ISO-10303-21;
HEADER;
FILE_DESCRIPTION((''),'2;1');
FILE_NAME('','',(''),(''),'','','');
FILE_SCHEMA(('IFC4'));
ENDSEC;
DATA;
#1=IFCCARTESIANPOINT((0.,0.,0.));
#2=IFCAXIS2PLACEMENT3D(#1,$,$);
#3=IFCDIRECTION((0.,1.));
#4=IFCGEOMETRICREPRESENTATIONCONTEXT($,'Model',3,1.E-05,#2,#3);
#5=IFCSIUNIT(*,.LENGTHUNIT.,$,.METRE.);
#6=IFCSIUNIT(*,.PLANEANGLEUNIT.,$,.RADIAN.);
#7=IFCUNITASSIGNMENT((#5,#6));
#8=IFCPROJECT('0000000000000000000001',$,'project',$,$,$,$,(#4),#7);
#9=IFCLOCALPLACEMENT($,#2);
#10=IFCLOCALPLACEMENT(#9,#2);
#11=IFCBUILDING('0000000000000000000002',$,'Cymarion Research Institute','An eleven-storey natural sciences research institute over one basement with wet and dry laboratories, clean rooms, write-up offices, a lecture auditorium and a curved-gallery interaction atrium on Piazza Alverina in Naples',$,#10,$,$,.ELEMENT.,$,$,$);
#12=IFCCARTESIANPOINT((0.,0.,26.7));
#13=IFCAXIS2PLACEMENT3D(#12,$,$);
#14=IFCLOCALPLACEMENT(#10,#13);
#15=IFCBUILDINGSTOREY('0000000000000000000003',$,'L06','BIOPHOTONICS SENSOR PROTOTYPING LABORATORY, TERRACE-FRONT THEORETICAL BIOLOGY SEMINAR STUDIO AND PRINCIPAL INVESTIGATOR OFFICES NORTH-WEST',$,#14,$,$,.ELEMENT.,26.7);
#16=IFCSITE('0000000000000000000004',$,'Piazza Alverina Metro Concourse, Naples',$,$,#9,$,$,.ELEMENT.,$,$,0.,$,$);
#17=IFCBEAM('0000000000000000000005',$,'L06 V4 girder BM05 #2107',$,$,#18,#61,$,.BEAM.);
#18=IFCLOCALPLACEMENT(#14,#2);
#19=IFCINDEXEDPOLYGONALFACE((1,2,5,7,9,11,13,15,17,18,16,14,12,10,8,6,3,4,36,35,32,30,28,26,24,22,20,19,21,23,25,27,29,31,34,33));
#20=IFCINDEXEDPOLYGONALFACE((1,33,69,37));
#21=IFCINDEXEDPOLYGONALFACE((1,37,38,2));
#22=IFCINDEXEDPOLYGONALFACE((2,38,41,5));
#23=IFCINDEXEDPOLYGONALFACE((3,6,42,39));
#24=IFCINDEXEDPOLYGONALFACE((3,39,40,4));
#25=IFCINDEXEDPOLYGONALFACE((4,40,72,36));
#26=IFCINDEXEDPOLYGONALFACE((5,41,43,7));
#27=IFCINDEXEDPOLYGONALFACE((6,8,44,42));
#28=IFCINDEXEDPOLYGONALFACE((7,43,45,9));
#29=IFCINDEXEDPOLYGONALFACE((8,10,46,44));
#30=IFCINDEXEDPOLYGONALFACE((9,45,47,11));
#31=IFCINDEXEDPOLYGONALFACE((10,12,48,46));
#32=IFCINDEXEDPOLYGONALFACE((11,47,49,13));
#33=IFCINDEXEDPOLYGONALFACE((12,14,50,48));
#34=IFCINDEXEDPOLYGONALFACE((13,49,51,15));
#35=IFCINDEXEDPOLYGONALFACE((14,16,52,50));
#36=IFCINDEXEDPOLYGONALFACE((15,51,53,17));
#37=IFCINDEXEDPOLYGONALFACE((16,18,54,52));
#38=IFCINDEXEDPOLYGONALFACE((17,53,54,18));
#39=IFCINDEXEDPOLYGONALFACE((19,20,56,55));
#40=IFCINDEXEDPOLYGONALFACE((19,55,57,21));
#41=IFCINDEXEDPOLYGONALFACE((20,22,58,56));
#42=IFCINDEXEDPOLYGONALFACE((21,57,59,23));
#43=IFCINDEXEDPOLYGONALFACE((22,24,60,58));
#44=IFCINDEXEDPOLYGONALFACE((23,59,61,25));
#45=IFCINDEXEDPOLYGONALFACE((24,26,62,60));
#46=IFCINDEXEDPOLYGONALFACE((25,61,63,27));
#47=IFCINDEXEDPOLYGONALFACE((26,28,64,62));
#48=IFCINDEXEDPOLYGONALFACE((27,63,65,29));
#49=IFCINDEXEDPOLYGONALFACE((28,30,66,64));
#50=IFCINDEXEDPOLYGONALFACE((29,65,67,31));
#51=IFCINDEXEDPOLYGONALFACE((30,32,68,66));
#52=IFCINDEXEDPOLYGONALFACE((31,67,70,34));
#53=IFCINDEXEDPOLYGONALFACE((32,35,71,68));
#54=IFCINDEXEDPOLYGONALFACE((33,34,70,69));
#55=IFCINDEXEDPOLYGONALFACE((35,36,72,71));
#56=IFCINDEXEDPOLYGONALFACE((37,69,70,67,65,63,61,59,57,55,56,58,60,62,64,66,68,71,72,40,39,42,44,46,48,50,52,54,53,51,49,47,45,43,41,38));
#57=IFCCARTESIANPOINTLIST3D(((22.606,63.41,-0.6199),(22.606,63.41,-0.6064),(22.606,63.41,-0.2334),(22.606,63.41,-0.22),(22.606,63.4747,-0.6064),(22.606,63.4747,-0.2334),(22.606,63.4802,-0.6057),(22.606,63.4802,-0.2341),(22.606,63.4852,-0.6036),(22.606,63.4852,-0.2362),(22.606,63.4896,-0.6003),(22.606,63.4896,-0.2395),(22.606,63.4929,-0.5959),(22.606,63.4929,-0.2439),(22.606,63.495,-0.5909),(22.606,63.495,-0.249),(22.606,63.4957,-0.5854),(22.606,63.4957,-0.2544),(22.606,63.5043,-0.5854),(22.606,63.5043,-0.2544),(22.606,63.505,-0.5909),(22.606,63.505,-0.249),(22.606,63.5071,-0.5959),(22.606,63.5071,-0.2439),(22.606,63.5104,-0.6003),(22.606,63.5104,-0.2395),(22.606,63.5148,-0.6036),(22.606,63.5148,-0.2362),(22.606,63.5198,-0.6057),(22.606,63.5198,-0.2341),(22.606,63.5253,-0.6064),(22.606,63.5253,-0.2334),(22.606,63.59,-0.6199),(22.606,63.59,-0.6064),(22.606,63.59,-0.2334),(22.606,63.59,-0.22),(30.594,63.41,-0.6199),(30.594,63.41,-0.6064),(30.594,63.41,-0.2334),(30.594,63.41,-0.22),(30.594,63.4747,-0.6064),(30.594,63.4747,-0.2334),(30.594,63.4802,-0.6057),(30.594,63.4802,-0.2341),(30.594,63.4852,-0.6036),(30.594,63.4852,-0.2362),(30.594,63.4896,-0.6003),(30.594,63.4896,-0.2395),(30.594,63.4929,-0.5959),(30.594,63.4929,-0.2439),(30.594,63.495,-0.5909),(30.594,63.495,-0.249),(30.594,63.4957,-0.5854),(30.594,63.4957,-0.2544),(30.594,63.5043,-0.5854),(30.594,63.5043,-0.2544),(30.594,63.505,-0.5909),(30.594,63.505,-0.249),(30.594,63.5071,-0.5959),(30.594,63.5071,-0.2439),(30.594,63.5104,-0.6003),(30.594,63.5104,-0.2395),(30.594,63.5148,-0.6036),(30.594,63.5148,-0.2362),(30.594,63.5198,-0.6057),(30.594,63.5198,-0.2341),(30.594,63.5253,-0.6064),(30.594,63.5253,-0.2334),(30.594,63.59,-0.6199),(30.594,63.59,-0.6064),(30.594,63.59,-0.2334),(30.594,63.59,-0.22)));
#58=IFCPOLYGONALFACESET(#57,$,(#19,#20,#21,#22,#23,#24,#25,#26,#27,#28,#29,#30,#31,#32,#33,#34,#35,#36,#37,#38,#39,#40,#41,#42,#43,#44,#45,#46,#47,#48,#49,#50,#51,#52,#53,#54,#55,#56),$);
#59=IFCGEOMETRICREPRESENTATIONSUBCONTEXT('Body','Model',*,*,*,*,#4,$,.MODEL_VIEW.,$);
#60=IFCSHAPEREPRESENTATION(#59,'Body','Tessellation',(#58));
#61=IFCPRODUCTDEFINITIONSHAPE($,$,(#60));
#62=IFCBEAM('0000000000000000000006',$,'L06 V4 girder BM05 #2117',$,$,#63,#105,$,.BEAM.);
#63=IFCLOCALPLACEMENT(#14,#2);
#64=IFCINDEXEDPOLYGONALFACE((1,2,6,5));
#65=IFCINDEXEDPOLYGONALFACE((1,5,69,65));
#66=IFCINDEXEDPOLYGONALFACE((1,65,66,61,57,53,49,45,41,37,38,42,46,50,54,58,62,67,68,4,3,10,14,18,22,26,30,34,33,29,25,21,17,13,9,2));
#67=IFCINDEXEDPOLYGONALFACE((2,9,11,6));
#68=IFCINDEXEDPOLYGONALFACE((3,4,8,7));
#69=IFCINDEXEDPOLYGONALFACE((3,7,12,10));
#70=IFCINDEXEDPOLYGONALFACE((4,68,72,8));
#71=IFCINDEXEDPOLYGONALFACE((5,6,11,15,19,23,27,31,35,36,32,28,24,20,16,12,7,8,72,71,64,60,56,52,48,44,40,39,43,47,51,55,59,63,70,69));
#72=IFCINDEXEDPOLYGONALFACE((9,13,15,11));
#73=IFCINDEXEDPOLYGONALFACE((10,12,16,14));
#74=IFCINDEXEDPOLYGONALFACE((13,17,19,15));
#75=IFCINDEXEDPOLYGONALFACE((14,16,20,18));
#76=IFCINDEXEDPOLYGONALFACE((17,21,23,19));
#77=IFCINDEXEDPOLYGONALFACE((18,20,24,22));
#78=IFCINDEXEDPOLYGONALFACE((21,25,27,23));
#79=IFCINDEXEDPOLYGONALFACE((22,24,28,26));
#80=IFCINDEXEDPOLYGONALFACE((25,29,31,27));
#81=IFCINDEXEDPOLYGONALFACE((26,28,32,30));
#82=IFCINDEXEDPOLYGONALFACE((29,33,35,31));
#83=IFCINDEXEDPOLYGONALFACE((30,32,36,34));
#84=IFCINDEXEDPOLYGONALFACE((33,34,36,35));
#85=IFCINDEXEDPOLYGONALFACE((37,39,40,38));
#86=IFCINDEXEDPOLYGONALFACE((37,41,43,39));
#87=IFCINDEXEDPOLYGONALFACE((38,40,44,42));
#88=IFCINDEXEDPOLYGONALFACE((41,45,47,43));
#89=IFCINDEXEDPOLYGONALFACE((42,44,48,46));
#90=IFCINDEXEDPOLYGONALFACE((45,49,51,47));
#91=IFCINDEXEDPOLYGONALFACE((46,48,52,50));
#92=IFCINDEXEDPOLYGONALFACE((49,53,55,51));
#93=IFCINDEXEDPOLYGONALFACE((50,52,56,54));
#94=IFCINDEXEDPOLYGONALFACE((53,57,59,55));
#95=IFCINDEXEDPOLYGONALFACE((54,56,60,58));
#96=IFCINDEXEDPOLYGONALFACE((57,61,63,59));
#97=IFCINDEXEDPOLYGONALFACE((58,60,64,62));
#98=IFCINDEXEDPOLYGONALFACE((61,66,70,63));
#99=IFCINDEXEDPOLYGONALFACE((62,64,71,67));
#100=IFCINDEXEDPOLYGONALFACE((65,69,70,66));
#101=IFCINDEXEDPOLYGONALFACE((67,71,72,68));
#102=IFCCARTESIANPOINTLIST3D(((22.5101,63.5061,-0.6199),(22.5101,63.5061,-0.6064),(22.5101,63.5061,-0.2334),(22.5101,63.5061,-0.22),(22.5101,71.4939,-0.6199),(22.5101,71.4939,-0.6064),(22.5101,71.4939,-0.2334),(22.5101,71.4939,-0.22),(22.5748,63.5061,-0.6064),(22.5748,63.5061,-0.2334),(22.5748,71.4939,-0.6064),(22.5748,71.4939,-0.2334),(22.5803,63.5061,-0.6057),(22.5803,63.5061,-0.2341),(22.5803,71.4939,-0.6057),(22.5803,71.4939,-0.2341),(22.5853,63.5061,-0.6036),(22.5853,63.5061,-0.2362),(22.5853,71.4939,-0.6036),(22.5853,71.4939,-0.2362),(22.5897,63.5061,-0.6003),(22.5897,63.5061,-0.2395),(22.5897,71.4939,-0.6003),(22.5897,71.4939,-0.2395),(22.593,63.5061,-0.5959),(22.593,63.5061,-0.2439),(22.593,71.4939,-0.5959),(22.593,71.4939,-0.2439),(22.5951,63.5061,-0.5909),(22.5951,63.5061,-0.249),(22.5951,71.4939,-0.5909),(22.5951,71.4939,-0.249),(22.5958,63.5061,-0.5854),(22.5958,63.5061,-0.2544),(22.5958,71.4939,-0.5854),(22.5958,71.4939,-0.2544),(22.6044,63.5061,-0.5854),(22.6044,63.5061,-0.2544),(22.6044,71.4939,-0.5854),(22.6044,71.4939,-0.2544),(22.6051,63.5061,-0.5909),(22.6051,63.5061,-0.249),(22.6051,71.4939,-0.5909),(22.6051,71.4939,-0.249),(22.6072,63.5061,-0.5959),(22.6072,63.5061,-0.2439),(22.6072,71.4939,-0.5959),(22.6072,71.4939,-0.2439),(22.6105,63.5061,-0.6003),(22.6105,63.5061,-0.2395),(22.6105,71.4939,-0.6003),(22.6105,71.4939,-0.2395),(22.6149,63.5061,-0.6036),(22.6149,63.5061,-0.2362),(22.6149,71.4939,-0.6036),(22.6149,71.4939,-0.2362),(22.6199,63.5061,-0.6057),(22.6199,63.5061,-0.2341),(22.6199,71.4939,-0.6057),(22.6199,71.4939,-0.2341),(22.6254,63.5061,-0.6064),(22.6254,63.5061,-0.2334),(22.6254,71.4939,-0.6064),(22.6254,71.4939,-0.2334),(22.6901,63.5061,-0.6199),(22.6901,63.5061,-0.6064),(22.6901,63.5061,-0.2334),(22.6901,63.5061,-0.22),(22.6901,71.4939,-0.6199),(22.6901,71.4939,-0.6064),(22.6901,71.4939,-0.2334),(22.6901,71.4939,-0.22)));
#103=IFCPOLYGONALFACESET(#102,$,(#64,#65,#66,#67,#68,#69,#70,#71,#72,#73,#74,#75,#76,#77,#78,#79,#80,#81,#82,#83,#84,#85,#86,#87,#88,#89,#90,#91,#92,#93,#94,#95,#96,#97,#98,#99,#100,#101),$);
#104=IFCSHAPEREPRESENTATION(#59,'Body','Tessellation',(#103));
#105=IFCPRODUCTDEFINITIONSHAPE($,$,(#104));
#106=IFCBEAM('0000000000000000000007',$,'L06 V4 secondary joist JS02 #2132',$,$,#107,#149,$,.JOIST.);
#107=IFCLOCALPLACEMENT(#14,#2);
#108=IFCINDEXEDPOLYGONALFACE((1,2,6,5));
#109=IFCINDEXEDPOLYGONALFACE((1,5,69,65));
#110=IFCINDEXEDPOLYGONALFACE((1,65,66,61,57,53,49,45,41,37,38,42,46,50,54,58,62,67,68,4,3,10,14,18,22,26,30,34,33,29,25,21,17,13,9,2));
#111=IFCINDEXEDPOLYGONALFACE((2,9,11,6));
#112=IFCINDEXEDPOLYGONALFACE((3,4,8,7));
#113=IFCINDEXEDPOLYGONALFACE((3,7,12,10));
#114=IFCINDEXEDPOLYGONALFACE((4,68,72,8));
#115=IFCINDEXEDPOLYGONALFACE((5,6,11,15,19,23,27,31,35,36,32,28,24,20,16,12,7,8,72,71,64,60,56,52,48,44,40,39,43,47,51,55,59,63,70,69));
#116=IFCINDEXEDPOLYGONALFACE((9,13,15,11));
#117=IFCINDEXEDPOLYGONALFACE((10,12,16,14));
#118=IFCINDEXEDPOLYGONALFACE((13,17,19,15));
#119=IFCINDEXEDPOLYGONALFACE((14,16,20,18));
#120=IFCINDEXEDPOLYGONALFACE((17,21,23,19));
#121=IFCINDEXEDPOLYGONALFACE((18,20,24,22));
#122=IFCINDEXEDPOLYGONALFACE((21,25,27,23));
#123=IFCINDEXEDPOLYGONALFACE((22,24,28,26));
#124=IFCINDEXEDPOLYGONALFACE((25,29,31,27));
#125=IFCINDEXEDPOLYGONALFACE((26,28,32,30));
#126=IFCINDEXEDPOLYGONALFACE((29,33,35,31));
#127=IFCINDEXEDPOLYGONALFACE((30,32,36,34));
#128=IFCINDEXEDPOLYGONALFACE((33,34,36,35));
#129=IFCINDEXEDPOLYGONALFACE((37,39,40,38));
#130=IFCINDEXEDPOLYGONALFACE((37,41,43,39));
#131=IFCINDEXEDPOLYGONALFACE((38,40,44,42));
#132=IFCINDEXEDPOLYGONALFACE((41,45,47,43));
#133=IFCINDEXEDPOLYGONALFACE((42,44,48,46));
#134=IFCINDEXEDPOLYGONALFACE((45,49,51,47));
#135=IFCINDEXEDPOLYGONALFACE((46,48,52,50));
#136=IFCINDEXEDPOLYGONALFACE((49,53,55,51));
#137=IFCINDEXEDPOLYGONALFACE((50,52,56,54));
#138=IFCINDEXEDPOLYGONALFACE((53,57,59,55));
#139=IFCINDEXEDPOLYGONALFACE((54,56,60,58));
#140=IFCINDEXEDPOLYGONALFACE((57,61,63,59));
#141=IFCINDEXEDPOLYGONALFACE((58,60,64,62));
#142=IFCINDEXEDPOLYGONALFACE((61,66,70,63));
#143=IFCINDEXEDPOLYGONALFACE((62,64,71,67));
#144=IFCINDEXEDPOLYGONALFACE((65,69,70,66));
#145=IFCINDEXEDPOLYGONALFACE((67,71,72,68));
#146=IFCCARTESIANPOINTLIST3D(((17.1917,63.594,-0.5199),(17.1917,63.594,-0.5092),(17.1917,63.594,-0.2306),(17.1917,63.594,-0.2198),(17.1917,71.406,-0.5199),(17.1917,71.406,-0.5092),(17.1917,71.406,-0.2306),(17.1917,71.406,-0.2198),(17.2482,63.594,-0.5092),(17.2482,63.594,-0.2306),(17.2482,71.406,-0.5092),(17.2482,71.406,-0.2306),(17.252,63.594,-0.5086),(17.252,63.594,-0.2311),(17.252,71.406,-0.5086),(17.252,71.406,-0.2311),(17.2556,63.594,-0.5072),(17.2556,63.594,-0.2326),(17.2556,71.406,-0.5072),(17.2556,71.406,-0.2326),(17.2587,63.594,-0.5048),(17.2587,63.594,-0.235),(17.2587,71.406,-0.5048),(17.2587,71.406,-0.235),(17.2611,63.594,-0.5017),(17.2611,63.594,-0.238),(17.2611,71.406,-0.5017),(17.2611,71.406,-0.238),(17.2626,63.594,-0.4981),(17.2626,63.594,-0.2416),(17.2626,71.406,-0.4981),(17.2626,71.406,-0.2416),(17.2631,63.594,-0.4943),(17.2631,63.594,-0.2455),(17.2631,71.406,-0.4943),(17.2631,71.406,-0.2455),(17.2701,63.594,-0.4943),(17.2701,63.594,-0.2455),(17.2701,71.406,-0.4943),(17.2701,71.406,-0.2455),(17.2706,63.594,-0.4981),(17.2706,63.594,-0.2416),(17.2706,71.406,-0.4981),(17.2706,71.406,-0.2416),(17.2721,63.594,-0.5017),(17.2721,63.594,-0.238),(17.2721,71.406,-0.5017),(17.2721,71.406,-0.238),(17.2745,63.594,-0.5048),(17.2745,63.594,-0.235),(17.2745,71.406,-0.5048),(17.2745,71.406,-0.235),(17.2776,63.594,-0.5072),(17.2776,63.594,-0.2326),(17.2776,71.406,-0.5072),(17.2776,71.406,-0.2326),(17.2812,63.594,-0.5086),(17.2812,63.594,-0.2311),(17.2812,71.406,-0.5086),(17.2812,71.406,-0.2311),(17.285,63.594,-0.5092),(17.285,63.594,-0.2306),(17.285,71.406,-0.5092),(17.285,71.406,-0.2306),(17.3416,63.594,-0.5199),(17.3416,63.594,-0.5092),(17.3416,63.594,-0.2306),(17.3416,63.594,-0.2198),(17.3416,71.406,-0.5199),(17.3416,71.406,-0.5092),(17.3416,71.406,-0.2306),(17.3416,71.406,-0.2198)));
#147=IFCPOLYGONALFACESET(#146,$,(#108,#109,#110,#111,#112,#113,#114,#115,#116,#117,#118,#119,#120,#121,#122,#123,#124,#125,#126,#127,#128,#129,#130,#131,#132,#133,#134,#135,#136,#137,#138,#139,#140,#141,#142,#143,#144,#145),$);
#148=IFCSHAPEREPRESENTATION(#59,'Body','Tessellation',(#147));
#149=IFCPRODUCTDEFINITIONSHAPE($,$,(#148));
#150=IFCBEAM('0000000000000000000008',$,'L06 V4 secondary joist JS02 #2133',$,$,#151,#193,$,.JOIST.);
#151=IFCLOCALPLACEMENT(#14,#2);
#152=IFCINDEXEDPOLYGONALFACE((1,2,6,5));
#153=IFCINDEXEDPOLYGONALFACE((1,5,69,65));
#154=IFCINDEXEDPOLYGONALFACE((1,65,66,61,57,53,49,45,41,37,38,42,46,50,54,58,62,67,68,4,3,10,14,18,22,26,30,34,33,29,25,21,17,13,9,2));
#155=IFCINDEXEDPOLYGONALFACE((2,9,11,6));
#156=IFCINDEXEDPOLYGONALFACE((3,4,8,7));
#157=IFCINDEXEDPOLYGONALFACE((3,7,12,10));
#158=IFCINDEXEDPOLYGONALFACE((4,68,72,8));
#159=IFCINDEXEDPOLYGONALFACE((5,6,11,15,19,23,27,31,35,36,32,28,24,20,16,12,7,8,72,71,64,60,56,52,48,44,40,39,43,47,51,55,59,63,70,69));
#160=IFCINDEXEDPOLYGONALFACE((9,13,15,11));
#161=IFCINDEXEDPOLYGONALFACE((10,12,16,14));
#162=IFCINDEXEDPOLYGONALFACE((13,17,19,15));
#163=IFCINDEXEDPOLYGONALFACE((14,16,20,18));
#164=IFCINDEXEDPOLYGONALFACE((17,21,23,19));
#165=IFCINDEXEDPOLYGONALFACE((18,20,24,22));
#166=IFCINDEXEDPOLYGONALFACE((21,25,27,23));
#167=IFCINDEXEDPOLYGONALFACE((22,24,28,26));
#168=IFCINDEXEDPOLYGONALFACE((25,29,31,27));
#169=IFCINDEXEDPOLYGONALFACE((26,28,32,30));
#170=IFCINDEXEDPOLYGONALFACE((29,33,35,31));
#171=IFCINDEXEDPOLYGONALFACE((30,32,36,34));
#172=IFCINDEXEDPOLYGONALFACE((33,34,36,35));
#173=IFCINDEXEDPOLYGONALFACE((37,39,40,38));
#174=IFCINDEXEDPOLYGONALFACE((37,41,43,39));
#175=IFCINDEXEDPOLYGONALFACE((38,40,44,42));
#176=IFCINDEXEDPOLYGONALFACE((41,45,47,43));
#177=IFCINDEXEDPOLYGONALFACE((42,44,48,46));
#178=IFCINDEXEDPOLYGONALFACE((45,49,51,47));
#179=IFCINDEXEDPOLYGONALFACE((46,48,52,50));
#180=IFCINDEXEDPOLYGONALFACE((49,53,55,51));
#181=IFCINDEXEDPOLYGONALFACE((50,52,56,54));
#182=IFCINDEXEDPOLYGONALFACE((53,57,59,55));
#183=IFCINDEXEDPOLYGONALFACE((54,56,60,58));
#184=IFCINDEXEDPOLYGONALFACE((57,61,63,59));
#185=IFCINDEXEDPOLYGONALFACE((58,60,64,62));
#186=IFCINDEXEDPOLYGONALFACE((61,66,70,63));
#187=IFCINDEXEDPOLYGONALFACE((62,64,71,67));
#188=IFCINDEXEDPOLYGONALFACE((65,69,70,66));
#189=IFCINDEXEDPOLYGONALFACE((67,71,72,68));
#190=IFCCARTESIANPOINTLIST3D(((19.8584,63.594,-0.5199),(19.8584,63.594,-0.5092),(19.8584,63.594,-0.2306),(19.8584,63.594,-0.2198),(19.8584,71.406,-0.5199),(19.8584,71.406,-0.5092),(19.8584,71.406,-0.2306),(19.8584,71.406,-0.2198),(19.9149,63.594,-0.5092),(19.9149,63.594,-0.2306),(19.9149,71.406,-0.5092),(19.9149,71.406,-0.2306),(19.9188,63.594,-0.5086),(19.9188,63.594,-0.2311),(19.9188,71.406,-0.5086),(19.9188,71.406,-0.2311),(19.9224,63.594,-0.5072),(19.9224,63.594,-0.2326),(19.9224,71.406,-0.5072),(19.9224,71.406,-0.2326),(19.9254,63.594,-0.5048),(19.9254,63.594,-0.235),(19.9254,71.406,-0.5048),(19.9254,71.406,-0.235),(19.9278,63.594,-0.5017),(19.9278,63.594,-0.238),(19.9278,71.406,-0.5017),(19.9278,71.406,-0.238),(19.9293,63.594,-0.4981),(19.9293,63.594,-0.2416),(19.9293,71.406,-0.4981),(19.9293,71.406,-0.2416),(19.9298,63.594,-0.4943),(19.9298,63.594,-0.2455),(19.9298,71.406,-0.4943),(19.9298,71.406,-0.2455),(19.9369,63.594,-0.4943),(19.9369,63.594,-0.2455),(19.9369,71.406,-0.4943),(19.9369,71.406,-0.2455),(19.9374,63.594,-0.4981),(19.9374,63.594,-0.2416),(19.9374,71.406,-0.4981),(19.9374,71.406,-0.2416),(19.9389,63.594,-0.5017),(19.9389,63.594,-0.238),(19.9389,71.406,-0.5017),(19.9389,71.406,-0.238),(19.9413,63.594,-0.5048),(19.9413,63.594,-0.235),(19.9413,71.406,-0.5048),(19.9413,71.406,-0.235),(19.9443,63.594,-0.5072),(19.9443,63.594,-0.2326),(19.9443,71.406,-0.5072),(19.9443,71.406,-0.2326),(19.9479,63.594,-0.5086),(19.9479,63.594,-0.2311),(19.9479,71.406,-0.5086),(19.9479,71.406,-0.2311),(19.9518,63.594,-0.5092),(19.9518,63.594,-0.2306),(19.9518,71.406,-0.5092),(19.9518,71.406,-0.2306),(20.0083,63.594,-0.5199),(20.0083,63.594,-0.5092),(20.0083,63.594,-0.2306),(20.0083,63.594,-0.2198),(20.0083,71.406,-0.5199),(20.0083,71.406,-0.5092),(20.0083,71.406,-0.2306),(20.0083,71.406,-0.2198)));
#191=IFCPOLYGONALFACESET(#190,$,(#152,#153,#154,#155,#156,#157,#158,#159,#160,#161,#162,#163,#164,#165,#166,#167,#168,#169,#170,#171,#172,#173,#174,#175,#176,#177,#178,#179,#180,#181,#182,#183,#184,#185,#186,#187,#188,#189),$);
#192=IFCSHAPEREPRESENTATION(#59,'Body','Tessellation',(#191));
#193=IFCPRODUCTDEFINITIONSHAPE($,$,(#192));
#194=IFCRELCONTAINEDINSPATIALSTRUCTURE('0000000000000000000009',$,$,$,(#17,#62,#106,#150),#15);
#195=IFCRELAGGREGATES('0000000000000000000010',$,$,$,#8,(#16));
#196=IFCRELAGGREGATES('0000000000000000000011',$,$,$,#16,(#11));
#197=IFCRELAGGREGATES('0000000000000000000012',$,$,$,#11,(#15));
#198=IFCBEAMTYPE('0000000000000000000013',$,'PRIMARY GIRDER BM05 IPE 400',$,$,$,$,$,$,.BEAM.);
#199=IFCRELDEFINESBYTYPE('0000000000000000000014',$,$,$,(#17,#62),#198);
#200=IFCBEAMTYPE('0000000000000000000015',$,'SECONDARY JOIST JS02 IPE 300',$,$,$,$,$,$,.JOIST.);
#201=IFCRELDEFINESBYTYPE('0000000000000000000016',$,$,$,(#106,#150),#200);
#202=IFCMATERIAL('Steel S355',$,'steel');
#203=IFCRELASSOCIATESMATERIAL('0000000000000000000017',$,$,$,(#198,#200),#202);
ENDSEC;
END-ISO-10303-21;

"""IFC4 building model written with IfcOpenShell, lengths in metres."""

from ifc_helpers import new_model, si_unit, direction, frame, origin, origin_2d, place, context, subcontext, project, spatial, i_section, extrude, material, material_profile, profile_set, type_object, element, save


model = new_model("IFC4")

# Units and contexts
model_context = context("Model", 3, precision=1e-05, world=origin(), true_north=direction((0.0, 1.0)))
body_context = subcontext(model_context, "Body", "Model", "MODEL_VIEW")
ifc_project = project(units=[si_unit("LENGTHUNIT", "METRE"), si_unit("PLANEANGLEUNIT", "RADIAN")], contexts=[model_context])

# Site, building, storey
site_placement = place(None, origin())
site = spatial("IfcSite", under=ifc_project, at=site_placement, Name="Piazza Alverina Metro Concourse, Naples", CompositionType="ELEMENT", RefElevation=0.0)
building_placement = place(site_placement, origin())
building = spatial("IfcBuilding", under=site, at=building_placement, Name="Cymarion Research Institute", Description="An eleven-storey natural sciences research institute over one basement with wet and dry laboratories, clean rooms, write-up offices, a lecture auditorium and a curved-gallery interaction atrium on Piazza Alverina in Naples", CompositionType="ELEMENT")
storey_placement = place(building_placement, frame((0.0, 0.0, 26.7)))
storey = spatial("IfcBuildingStorey", under=building, at=storey_placement, Name="L06", Description="BIOPHOTONICS SENSOR PROTOTYPING LABORATORY, TERRACE-FRONT THEORETICAL BIOLOGY SEMINAR STUDIO AND PRINCIPAL INVESTIGATOR OFFICES NORTH-WEST", CompositionType="ELEMENT", Elevation=26.7)

# Shared definitions
ifc_material_1 = material(Name="Steel S355", Category="steel")

# Beams
ifc_material_profile_1 = material_profile(ifc_material_1, i_section(OverallWidth=0.1799, OverallDepth=0.3999, WebThickness=0.0085, FlangeThickness=0.0134, FilletRadius=0.021, at=origin_2d()), Name="IPE 400")
ifc_profile_set_1 = profile_set([ifc_material_profile_1], Name="Steel S355")
beam_type_1 = type_object("IfcBeamType", Name="PRIMARY GIRDER BM05 IPE 400", PredefinedType="BEAM", material=ifc_profile_set_1)
beam_1_placement = place(storey_placement, frame((22.606, 63.5, -0.4199), z_axis=(1.0, 0.0, 0.0), x_axis=(0.0, 1.0, 0.0)))
element("IfcBeam", 1, at=beam_1_placement, inside=storey, type_object=beam_type_1, Name="L06 V4 girder BM05 #2107", PredefinedType="BEAM", context=body_context, shape_type="SweptSolid", body=[
    extrude(i_section(OverallWidth=0.1799, OverallDepth=0.3999, WebThickness=0.0085, FlangeThickness=0.0134, FilletRadius=0.021, at=origin_2d()), origin(), (0.0, 0.0, 1.0), 7.988),
])
beam_2_placement = place(storey_placement, frame((22.6001, 63.5061, -0.4199), z_axis=(0.0, 1.0, 0.0), x_axis=(-1.0, 0.0, 0.0)))
element("IfcBeam", 2, at=beam_2_placement, inside=storey, type_object=beam_type_1, Name="L06 V4 girder BM05 #2117", PredefinedType="BEAM", context=body_context, shape_type="SweptSolid", body=[
    extrude(i_section(OverallWidth=0.1799, OverallDepth=0.3999, WebThickness=0.0085, FlangeThickness=0.0134, FilletRadius=0.021, at=origin_2d()), origin(), (0.0, 0.0, 1.0), 7.9878),
])
ifc_material_profile_2 = material_profile(ifc_material_1, i_section(OverallWidth=0.1499, OverallDepth=0.3, WebThickness=0.0071, FlangeThickness=0.0107, FilletRadius=0.0149, at=origin_2d()), Name="IPE 300")
ifc_profile_set_2 = profile_set([ifc_material_profile_2], Name="Steel S355")
beam_type_2 = type_object("IfcBeamType", Name="SECONDARY JOIST JS02 IPE 300", PredefinedType="JOIST", material=ifc_profile_set_2)
for number, where, z_axis, x_axis, name in (
    (3, (17.2666, 63.594, -0.3699), (0.0, 1.0, 0.0), (-1.0, 0.0, 0.0), "L06 V4 secondary joist JS02 #2132"),
    (4, (19.9333, 63.594, -0.3699), (0.0, 1.0, 0.0), (-1.0, 0.0, 0.0), "L06 V4 secondary joist JS02 #2133"),
):
    element("IfcBeam", number, at=place(storey_placement, frame(where, z_axis=z_axis, x_axis=x_axis)), inside=storey, type_object=beam_type_2, Name=name, PredefinedType="JOIST", context=body_context, shape_type="SweptSolid", body=[
        extrude(i_section(OverallWidth=0.1499, OverallDepth=0.3, WebThickness=0.0071, FlangeThickness=0.0107, FilletRadius=0.0149, at=origin_2d()), origin(), (0.0, 0.0, 1.0), 7.812),
    ])

save(model, "model.ifc")
